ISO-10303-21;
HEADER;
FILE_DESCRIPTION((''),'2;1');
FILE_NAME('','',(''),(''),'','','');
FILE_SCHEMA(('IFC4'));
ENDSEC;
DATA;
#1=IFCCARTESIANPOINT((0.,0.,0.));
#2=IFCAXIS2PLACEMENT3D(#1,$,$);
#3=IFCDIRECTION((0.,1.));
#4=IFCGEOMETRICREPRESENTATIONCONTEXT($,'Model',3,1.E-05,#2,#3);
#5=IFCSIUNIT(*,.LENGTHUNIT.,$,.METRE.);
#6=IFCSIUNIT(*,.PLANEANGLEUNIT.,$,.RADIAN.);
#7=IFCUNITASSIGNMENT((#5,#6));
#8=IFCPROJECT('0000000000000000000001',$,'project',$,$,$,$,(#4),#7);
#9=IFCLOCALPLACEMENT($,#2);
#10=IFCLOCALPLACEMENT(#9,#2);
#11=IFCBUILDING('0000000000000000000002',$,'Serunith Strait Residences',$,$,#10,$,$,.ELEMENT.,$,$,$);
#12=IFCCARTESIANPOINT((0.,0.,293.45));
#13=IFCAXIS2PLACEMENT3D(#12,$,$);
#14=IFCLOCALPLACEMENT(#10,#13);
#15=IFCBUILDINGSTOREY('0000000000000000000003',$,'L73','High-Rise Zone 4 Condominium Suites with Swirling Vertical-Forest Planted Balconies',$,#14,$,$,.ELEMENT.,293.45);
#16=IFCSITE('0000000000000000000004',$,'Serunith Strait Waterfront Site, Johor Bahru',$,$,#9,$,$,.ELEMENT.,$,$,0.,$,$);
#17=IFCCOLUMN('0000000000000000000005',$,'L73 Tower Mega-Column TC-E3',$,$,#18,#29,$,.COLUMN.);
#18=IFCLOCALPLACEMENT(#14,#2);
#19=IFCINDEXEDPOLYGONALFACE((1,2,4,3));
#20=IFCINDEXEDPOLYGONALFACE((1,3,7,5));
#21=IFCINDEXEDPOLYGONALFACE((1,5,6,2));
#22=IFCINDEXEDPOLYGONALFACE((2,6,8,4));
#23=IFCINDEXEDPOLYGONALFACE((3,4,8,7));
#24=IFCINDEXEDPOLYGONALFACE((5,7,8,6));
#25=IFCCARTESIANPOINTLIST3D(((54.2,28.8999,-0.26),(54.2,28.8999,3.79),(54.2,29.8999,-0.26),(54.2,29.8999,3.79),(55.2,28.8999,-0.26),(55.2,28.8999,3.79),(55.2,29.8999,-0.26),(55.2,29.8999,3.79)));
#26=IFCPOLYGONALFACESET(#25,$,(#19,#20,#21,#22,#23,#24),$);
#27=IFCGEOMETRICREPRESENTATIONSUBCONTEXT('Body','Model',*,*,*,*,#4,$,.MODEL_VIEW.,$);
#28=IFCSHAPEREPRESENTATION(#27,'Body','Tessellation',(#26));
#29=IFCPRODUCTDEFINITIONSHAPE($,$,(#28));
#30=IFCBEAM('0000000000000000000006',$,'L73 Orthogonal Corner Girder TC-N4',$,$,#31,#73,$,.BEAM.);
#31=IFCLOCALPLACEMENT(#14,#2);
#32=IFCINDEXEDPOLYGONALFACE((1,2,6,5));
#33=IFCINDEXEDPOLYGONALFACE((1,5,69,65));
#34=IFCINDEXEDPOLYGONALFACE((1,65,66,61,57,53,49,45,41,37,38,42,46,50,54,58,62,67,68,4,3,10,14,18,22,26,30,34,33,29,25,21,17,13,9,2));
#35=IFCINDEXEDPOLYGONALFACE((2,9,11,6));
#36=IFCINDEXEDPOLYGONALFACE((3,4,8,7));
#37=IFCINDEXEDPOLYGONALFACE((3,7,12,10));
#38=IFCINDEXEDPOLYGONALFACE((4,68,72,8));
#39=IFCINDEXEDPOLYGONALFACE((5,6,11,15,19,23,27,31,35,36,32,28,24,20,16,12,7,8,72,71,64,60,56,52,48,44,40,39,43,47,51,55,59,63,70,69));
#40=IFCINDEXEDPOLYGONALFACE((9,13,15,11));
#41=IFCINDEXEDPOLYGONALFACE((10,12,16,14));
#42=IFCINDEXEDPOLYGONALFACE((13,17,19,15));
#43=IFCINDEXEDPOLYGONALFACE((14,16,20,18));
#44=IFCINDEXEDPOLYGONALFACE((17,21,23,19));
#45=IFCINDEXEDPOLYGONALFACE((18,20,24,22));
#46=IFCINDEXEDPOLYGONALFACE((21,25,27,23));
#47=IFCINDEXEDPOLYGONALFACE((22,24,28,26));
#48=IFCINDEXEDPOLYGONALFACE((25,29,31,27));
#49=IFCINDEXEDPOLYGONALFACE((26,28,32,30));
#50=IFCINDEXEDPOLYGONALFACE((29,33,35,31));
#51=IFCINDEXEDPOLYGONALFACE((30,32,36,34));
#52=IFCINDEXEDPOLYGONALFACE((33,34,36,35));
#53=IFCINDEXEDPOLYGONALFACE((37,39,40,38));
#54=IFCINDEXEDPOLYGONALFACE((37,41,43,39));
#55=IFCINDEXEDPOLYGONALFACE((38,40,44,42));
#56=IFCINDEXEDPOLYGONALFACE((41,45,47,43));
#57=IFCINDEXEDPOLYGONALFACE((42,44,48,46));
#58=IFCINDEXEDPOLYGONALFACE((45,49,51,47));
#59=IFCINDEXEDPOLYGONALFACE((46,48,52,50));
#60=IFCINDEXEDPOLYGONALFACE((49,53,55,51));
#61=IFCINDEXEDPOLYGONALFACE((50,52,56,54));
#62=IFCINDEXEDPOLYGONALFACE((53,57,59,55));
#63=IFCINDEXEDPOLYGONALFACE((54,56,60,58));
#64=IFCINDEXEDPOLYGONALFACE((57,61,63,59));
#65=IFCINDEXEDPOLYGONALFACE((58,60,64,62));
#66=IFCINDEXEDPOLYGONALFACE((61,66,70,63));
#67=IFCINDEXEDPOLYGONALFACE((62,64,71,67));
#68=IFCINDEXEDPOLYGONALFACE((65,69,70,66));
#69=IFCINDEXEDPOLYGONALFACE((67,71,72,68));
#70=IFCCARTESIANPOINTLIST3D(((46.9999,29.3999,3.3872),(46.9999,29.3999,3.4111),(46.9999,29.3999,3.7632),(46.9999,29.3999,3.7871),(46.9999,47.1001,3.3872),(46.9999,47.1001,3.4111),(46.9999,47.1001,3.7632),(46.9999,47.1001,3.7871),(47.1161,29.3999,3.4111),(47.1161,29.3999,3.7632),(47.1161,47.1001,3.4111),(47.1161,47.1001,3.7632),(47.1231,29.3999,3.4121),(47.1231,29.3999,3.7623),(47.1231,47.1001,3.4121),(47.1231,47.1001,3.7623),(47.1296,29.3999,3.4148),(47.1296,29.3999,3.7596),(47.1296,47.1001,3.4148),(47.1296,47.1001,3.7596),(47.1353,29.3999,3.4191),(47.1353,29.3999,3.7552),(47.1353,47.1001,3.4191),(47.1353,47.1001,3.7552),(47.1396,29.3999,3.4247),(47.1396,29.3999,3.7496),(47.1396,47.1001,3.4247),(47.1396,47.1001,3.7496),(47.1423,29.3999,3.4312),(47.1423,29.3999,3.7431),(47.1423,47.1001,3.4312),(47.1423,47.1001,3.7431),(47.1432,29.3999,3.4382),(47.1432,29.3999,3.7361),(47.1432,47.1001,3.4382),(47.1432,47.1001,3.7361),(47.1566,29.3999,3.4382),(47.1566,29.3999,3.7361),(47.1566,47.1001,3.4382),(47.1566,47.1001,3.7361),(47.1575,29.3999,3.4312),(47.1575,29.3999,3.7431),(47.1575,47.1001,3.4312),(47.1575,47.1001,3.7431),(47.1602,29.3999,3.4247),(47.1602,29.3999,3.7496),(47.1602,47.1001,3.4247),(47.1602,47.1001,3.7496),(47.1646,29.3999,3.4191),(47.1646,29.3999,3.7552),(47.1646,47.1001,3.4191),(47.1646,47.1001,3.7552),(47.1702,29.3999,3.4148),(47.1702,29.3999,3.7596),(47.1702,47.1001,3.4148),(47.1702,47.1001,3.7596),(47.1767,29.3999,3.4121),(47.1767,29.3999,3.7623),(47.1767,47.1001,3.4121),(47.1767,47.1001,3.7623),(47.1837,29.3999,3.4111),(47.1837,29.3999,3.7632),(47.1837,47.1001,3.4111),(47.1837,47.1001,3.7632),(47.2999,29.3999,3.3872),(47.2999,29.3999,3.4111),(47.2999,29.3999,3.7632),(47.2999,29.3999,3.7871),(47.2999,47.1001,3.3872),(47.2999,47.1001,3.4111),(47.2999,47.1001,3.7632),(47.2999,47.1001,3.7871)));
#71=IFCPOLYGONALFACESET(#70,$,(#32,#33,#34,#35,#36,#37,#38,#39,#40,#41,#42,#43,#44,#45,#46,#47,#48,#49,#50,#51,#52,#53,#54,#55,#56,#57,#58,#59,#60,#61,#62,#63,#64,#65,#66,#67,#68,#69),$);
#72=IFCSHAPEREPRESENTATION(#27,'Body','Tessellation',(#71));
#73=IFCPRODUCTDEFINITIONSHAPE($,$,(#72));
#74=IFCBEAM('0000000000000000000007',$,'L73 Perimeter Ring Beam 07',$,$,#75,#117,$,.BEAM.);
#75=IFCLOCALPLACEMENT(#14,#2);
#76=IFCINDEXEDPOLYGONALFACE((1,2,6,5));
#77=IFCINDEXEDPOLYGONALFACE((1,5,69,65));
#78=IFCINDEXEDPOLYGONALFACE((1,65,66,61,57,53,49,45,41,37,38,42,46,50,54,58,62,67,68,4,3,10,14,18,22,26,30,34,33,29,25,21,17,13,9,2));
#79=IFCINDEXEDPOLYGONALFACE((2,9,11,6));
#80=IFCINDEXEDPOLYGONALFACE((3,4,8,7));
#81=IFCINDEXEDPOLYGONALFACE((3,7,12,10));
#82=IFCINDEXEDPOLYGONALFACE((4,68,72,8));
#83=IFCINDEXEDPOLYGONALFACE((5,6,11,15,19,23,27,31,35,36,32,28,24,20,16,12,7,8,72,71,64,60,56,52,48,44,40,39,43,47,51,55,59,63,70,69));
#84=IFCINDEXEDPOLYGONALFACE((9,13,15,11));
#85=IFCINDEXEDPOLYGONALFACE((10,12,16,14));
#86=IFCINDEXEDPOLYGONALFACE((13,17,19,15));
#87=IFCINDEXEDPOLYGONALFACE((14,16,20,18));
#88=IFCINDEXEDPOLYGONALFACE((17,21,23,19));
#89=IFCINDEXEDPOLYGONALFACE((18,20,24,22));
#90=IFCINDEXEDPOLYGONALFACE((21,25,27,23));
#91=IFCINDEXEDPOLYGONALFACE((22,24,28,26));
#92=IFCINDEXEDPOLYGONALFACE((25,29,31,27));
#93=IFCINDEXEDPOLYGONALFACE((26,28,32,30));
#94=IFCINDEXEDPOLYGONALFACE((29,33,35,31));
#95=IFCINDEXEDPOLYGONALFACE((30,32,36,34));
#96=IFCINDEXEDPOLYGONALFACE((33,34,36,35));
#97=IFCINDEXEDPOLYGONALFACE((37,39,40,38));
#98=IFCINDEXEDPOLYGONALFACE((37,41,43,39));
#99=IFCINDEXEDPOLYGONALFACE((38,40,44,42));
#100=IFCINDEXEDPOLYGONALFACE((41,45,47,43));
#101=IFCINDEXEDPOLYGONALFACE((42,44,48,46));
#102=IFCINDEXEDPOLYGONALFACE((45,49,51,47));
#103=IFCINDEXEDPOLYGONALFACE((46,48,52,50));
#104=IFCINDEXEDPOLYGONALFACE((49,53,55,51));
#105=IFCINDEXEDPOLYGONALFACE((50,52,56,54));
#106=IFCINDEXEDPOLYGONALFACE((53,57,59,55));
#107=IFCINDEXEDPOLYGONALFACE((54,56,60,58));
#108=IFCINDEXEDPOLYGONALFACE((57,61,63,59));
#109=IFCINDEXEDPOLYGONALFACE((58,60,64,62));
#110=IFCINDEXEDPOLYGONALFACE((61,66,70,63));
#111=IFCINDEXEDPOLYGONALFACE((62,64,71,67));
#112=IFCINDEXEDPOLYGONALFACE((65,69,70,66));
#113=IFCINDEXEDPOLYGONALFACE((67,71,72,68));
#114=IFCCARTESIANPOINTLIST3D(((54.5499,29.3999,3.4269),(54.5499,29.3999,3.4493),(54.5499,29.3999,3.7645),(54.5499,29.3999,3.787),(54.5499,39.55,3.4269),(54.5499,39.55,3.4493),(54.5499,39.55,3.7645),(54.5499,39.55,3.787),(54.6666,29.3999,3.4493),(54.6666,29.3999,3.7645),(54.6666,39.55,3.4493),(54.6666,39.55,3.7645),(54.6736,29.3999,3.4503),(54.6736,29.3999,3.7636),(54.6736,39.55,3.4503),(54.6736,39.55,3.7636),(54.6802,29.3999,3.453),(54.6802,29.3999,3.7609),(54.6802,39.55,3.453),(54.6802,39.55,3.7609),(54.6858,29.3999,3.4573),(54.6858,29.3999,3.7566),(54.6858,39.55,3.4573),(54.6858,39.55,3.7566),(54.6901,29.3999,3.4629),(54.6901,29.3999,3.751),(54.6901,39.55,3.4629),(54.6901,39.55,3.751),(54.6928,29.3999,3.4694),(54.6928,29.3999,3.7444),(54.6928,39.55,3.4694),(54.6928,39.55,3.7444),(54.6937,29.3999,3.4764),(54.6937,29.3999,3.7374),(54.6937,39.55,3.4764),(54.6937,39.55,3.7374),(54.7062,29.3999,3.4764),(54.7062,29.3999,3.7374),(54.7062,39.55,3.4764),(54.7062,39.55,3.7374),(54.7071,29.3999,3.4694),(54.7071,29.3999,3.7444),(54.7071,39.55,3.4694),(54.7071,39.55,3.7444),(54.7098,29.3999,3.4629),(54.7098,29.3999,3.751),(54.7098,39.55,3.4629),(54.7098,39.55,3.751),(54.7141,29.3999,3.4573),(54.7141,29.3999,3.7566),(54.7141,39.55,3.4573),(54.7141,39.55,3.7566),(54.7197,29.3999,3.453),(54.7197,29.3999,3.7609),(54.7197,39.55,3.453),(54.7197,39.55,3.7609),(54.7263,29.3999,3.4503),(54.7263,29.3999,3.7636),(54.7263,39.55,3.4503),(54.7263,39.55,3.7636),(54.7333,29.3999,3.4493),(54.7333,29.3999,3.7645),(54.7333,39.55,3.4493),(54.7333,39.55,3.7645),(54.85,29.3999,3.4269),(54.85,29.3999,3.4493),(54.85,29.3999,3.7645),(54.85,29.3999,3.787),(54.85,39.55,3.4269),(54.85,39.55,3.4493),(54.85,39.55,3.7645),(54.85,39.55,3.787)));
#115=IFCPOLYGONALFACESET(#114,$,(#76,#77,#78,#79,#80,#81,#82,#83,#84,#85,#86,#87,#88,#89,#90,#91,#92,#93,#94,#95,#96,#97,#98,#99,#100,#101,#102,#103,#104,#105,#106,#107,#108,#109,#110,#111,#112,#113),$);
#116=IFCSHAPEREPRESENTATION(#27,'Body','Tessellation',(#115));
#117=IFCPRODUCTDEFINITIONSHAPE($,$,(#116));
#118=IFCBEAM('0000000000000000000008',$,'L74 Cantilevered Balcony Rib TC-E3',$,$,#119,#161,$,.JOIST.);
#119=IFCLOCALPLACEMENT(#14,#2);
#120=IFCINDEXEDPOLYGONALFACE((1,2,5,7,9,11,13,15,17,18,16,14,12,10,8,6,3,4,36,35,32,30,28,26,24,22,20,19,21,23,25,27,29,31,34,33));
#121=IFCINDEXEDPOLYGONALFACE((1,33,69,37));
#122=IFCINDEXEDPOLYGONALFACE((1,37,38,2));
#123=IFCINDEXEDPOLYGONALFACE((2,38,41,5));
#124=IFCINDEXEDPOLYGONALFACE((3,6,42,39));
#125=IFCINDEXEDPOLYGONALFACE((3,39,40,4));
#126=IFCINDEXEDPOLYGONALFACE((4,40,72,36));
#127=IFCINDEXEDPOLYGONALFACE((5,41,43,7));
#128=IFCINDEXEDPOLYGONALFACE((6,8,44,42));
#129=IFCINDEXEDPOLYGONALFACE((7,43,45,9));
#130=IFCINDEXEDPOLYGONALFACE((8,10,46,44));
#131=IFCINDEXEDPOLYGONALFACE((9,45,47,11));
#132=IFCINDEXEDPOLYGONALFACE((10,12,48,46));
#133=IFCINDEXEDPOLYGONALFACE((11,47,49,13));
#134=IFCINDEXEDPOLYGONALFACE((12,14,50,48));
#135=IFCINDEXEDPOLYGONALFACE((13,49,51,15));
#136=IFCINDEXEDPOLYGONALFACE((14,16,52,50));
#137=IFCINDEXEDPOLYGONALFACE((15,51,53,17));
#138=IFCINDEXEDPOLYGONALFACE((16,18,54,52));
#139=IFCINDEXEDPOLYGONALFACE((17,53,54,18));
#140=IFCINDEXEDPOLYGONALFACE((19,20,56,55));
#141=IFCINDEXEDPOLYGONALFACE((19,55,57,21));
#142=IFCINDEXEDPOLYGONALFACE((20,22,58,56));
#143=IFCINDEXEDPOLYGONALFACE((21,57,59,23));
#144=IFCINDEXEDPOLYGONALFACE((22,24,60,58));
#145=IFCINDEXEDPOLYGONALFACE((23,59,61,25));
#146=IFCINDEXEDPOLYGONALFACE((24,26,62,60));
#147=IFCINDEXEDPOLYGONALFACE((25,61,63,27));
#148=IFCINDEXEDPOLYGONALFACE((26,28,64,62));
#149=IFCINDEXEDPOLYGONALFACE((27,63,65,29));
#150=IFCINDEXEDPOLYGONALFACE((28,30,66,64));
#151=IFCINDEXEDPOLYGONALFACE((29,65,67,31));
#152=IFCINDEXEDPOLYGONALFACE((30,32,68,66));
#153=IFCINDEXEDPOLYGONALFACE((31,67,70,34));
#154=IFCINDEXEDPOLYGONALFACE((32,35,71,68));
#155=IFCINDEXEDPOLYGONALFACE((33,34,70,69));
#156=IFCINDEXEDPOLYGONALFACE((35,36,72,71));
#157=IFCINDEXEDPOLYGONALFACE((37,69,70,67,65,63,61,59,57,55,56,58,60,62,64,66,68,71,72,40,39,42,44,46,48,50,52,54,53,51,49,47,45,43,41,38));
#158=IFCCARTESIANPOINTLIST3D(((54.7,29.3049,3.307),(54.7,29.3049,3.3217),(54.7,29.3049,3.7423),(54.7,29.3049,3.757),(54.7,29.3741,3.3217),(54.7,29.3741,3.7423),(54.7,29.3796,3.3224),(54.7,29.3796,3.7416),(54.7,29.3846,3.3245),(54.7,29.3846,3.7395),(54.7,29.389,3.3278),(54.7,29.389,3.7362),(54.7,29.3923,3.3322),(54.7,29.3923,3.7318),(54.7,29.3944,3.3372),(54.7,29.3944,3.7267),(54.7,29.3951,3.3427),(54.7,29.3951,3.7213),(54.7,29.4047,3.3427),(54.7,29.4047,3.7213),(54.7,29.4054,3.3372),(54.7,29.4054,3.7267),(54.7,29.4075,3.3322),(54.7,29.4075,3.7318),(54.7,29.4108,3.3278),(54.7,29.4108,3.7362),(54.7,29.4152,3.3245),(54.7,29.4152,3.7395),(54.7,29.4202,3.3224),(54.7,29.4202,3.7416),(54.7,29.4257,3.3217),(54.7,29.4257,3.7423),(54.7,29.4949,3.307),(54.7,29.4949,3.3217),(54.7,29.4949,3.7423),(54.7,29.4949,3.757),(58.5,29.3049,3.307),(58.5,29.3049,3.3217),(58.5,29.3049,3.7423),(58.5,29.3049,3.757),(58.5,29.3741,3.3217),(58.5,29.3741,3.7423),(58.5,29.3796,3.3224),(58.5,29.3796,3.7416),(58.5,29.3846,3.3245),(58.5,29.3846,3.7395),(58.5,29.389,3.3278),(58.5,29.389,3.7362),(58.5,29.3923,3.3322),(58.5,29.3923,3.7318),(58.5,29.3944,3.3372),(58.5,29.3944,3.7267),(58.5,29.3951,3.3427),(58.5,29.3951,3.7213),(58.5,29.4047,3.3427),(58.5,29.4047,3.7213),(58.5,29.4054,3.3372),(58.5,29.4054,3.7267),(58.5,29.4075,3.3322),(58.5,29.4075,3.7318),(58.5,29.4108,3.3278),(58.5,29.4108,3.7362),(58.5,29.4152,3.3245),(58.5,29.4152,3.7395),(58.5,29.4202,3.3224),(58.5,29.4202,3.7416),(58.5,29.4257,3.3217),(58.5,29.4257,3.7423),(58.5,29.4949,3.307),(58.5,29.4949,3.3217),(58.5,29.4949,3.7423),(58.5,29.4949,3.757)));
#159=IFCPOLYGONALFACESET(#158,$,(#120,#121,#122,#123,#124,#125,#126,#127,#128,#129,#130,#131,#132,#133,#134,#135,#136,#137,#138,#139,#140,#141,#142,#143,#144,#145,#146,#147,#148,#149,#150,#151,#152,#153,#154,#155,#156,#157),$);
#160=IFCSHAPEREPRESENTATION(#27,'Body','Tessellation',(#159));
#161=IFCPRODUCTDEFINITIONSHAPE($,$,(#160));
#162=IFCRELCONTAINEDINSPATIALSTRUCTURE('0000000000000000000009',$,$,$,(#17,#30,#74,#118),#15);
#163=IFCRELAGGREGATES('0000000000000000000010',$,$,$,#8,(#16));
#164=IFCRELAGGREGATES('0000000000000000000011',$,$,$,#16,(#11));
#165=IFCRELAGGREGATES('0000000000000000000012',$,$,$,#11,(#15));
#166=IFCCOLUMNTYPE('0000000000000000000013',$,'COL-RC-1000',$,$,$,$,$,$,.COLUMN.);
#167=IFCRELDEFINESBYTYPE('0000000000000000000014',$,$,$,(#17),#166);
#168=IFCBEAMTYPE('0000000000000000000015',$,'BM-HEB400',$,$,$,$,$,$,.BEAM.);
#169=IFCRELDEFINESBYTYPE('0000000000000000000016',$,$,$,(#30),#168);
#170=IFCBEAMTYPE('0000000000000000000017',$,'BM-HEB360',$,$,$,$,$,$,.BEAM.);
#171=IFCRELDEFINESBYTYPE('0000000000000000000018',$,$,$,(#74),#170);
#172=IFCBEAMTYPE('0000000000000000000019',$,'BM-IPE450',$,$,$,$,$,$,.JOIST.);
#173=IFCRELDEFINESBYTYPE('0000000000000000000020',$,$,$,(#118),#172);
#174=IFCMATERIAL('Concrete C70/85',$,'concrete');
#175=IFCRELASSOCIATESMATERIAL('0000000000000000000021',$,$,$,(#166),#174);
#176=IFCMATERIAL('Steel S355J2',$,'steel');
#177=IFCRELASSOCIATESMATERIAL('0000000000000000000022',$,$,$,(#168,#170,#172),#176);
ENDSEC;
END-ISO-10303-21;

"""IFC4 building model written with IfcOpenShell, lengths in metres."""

from ifc_helpers import new_model, si_unit, direction, frame, origin, origin_2d, place, context, subcontext, project, spatial, rectangle, i_section, extrude, source, transform, mapped, material, material_profile, profile_set, type_object, element, save


model = new_model("IFC4")

# Units and contexts
model_context = context("Model", 3, precision=1e-05, world=origin(), true_north=direction((0.0, 1.0)))
body_context = subcontext(model_context, "Body", "Model", "MODEL_VIEW")
ifc_project = project(units=[si_unit("LENGTHUNIT", "METRE"), si_unit("PLANEANGLEUNIT", "RADIAN")], contexts=[model_context])

# Site, building, storey
site_placement = place(None, origin())
site = spatial("IfcSite", under=ifc_project, at=site_placement, Name="Serunith Strait Waterfront Site, Johor Bahru", CompositionType="ELEMENT", RefElevation=0.0)
building_placement = place(site_placement, origin())
building = spatial("IfcBuilding", under=site, at=building_placement, Name="Serunith Strait Residences", CompositionType="ELEMENT")
storey_placement = place(building_placement, frame((0.0, 0.0, 293.45)))
storey = spatial("IfcBuildingStorey", under=building, at=storey_placement, Name="L73", Description="High-Rise Zone 4 Condominium Suites with Swirling Vertical-Forest Planted Balconies", CompositionType="ELEMENT", Elevation=293.45)

# Column
ifc_material_1 = material(Name="Concrete C70/85", Category="concrete")
ifc_material_profile_1 = material_profile(ifc_material_1, rectangle(XDim=1.0, YDim=1.0, at=origin_2d()), Name="RC 1000x1000")
ifc_profile_set_1 = profile_set([ifc_material_profile_1], Name="Concrete C70/85")
column_type = type_object("IfcColumnType", Name="COL-RC-1000", PredefinedType="COLUMN", material=ifc_profile_set_1)
shared_shape_1 = source(origin(), body_context, "Body", "SweptSolid", [
    extrude(rectangle(XDim=1.0, YDim=1.0, at=origin_2d()), origin(), (0.0, 0.0, 1.0), 4.05),
])
column_placement = place(storey_placement, frame((54.7, 29.3999, -0.26), z_axis=(0.0, 0.0, 1.0), x_axis=(1.0, 0.0, 0.0)))
element("IfcColumn", 1, at=column_placement, inside=storey, type_object=column_type, Name="L73 Tower Mega-Column TC-E3", PredefinedType="COLUMN", context=body_context, shape_type="MappedRepresentation", body=[
    mapped(shared_shape_1, transform((0.0, 0.0, 0.0), scale=1.0)),
])

# Beams
ifc_material_2 = material(Name="Steel S355J2", Category="steel")
ifc_material_profile_2 = material_profile(ifc_material_2, i_section(OverallWidth=0.3, OverallDepth=0.3999, WebThickness=0.0134, FlangeThickness=0.0239, FilletRadius=0.0271, at=origin_2d()), Name="HEB 400")
ifc_profile_set_2 = profile_set([ifc_material_profile_2], Name="Steel S355J2")
beam_type_1 = type_object("IfcBeamType", Name="BM-HEB400", PredefinedType="BEAM", material=ifc_profile_set_2)
shared_shape_2 = source(origin(), body_context, "Body", "SweptSolid", [
    extrude(i_section(OverallWidth=0.3, OverallDepth=0.3999, WebThickness=0.0134, FlangeThickness=0.0239, FilletRadius=0.0271, at=origin_2d()), origin(), (0.0, 0.0, 1.0), 17.7002),
])
beam_1_placement = place(storey_placement, frame((47.1499, 29.3999, 3.5872), z_axis=(0.0, 1.0, 0.0), x_axis=(-1.0, 0.0, 0.0)))
element("IfcBeam", 2, at=beam_1_placement, inside=storey, type_object=beam_type_1, Name="L73 Orthogonal Corner Girder TC-N4", PredefinedType="BEAM", context=body_context, shape_type="MappedRepresentation", body=[
    mapped(shared_shape_2, transform((0.0, 0.0, 0.0), scale=1.0)),
])
ifc_material_profile_3 = material_profile(ifc_material_2, i_section(OverallWidth=0.3, OverallDepth=0.3601, WebThickness=0.0125, FlangeThickness=0.0225, FilletRadius=0.0271, at=origin_2d()), Name="HEB 360")
ifc_profile_set_3 = profile_set([ifc_material_profile_3], Name="Steel S355J2")
beam_type_2 = type_object("IfcBeamType", Name="BM-HEB360", PredefinedType="BEAM", material=ifc_profile_set_3)
shared_shape_3 = source(origin(), body_context, "Body", "SweptSolid", [
    extrude(i_section(OverallWidth=0.3, OverallDepth=0.3601, WebThickness=0.0125, FlangeThickness=0.0225, FilletRadius=0.0271, at=origin_2d()), origin(), (0.0, 0.0, 1.0), 10.1501),
])
beam_2_placement = place(storey_placement, frame((54.7, 29.3999, 3.6069), z_axis=(0.0, 1.0, 0.0), x_axis=(-1.0, 0.0, 0.0)))
element("IfcBeam", 3, at=beam_2_placement, inside=storey, type_object=beam_type_2, Name="L73 Perimeter Ring Beam 07", PredefinedType="BEAM", context=body_context, shape_type="MappedRepresentation", body=[
    mapped(shared_shape_3, transform((0.0, 0.0, 0.0), scale=1.0)),
])
ifc_material_profile_4 = material_profile(ifc_material_2, i_section(OverallWidth=0.1899, OverallDepth=0.45, WebThickness=0.0095, FlangeThickness=0.0146, FilletRadius=0.021, at=origin_2d()), Name="IPE 450")
ifc_profile_set_4 = profile_set([ifc_material_profile_4], Name="Steel S355J2")
beam_type_3 = type_object("IfcBeamType", Name="BM-IPE450", PredefinedType="JOIST", material=ifc_profile_set_4)
shared_shape_4 = source(origin(), body_context, "Body", "SweptSolid", [
    extrude(i_section(OverallWidth=0.1899, OverallDepth=0.45, WebThickness=0.0095, FlangeThickness=0.0146, FilletRadius=0.021, at=origin_2d()), origin(), (0.0, 0.0, 1.0), 3.8),
])
beam_3_placement = place(storey_placement, frame((54.7, 29.3999, 3.532), z_axis=(1.0, 0.0, 0.0), x_axis=(0.0, 1.0, 0.0)))
element("IfcBeam", 4, at=beam_3_placement, inside=storey, type_object=beam_type_3, Name="L74 Cantilevered Balcony Rib TC-E3", PredefinedType="JOIST", context=body_context, shape_type="MappedRepresentation", body=[
    mapped(shared_shape_4, transform((0.0, 0.0, 0.0), scale=1.0)),
])

save(model, "model.ifc")
